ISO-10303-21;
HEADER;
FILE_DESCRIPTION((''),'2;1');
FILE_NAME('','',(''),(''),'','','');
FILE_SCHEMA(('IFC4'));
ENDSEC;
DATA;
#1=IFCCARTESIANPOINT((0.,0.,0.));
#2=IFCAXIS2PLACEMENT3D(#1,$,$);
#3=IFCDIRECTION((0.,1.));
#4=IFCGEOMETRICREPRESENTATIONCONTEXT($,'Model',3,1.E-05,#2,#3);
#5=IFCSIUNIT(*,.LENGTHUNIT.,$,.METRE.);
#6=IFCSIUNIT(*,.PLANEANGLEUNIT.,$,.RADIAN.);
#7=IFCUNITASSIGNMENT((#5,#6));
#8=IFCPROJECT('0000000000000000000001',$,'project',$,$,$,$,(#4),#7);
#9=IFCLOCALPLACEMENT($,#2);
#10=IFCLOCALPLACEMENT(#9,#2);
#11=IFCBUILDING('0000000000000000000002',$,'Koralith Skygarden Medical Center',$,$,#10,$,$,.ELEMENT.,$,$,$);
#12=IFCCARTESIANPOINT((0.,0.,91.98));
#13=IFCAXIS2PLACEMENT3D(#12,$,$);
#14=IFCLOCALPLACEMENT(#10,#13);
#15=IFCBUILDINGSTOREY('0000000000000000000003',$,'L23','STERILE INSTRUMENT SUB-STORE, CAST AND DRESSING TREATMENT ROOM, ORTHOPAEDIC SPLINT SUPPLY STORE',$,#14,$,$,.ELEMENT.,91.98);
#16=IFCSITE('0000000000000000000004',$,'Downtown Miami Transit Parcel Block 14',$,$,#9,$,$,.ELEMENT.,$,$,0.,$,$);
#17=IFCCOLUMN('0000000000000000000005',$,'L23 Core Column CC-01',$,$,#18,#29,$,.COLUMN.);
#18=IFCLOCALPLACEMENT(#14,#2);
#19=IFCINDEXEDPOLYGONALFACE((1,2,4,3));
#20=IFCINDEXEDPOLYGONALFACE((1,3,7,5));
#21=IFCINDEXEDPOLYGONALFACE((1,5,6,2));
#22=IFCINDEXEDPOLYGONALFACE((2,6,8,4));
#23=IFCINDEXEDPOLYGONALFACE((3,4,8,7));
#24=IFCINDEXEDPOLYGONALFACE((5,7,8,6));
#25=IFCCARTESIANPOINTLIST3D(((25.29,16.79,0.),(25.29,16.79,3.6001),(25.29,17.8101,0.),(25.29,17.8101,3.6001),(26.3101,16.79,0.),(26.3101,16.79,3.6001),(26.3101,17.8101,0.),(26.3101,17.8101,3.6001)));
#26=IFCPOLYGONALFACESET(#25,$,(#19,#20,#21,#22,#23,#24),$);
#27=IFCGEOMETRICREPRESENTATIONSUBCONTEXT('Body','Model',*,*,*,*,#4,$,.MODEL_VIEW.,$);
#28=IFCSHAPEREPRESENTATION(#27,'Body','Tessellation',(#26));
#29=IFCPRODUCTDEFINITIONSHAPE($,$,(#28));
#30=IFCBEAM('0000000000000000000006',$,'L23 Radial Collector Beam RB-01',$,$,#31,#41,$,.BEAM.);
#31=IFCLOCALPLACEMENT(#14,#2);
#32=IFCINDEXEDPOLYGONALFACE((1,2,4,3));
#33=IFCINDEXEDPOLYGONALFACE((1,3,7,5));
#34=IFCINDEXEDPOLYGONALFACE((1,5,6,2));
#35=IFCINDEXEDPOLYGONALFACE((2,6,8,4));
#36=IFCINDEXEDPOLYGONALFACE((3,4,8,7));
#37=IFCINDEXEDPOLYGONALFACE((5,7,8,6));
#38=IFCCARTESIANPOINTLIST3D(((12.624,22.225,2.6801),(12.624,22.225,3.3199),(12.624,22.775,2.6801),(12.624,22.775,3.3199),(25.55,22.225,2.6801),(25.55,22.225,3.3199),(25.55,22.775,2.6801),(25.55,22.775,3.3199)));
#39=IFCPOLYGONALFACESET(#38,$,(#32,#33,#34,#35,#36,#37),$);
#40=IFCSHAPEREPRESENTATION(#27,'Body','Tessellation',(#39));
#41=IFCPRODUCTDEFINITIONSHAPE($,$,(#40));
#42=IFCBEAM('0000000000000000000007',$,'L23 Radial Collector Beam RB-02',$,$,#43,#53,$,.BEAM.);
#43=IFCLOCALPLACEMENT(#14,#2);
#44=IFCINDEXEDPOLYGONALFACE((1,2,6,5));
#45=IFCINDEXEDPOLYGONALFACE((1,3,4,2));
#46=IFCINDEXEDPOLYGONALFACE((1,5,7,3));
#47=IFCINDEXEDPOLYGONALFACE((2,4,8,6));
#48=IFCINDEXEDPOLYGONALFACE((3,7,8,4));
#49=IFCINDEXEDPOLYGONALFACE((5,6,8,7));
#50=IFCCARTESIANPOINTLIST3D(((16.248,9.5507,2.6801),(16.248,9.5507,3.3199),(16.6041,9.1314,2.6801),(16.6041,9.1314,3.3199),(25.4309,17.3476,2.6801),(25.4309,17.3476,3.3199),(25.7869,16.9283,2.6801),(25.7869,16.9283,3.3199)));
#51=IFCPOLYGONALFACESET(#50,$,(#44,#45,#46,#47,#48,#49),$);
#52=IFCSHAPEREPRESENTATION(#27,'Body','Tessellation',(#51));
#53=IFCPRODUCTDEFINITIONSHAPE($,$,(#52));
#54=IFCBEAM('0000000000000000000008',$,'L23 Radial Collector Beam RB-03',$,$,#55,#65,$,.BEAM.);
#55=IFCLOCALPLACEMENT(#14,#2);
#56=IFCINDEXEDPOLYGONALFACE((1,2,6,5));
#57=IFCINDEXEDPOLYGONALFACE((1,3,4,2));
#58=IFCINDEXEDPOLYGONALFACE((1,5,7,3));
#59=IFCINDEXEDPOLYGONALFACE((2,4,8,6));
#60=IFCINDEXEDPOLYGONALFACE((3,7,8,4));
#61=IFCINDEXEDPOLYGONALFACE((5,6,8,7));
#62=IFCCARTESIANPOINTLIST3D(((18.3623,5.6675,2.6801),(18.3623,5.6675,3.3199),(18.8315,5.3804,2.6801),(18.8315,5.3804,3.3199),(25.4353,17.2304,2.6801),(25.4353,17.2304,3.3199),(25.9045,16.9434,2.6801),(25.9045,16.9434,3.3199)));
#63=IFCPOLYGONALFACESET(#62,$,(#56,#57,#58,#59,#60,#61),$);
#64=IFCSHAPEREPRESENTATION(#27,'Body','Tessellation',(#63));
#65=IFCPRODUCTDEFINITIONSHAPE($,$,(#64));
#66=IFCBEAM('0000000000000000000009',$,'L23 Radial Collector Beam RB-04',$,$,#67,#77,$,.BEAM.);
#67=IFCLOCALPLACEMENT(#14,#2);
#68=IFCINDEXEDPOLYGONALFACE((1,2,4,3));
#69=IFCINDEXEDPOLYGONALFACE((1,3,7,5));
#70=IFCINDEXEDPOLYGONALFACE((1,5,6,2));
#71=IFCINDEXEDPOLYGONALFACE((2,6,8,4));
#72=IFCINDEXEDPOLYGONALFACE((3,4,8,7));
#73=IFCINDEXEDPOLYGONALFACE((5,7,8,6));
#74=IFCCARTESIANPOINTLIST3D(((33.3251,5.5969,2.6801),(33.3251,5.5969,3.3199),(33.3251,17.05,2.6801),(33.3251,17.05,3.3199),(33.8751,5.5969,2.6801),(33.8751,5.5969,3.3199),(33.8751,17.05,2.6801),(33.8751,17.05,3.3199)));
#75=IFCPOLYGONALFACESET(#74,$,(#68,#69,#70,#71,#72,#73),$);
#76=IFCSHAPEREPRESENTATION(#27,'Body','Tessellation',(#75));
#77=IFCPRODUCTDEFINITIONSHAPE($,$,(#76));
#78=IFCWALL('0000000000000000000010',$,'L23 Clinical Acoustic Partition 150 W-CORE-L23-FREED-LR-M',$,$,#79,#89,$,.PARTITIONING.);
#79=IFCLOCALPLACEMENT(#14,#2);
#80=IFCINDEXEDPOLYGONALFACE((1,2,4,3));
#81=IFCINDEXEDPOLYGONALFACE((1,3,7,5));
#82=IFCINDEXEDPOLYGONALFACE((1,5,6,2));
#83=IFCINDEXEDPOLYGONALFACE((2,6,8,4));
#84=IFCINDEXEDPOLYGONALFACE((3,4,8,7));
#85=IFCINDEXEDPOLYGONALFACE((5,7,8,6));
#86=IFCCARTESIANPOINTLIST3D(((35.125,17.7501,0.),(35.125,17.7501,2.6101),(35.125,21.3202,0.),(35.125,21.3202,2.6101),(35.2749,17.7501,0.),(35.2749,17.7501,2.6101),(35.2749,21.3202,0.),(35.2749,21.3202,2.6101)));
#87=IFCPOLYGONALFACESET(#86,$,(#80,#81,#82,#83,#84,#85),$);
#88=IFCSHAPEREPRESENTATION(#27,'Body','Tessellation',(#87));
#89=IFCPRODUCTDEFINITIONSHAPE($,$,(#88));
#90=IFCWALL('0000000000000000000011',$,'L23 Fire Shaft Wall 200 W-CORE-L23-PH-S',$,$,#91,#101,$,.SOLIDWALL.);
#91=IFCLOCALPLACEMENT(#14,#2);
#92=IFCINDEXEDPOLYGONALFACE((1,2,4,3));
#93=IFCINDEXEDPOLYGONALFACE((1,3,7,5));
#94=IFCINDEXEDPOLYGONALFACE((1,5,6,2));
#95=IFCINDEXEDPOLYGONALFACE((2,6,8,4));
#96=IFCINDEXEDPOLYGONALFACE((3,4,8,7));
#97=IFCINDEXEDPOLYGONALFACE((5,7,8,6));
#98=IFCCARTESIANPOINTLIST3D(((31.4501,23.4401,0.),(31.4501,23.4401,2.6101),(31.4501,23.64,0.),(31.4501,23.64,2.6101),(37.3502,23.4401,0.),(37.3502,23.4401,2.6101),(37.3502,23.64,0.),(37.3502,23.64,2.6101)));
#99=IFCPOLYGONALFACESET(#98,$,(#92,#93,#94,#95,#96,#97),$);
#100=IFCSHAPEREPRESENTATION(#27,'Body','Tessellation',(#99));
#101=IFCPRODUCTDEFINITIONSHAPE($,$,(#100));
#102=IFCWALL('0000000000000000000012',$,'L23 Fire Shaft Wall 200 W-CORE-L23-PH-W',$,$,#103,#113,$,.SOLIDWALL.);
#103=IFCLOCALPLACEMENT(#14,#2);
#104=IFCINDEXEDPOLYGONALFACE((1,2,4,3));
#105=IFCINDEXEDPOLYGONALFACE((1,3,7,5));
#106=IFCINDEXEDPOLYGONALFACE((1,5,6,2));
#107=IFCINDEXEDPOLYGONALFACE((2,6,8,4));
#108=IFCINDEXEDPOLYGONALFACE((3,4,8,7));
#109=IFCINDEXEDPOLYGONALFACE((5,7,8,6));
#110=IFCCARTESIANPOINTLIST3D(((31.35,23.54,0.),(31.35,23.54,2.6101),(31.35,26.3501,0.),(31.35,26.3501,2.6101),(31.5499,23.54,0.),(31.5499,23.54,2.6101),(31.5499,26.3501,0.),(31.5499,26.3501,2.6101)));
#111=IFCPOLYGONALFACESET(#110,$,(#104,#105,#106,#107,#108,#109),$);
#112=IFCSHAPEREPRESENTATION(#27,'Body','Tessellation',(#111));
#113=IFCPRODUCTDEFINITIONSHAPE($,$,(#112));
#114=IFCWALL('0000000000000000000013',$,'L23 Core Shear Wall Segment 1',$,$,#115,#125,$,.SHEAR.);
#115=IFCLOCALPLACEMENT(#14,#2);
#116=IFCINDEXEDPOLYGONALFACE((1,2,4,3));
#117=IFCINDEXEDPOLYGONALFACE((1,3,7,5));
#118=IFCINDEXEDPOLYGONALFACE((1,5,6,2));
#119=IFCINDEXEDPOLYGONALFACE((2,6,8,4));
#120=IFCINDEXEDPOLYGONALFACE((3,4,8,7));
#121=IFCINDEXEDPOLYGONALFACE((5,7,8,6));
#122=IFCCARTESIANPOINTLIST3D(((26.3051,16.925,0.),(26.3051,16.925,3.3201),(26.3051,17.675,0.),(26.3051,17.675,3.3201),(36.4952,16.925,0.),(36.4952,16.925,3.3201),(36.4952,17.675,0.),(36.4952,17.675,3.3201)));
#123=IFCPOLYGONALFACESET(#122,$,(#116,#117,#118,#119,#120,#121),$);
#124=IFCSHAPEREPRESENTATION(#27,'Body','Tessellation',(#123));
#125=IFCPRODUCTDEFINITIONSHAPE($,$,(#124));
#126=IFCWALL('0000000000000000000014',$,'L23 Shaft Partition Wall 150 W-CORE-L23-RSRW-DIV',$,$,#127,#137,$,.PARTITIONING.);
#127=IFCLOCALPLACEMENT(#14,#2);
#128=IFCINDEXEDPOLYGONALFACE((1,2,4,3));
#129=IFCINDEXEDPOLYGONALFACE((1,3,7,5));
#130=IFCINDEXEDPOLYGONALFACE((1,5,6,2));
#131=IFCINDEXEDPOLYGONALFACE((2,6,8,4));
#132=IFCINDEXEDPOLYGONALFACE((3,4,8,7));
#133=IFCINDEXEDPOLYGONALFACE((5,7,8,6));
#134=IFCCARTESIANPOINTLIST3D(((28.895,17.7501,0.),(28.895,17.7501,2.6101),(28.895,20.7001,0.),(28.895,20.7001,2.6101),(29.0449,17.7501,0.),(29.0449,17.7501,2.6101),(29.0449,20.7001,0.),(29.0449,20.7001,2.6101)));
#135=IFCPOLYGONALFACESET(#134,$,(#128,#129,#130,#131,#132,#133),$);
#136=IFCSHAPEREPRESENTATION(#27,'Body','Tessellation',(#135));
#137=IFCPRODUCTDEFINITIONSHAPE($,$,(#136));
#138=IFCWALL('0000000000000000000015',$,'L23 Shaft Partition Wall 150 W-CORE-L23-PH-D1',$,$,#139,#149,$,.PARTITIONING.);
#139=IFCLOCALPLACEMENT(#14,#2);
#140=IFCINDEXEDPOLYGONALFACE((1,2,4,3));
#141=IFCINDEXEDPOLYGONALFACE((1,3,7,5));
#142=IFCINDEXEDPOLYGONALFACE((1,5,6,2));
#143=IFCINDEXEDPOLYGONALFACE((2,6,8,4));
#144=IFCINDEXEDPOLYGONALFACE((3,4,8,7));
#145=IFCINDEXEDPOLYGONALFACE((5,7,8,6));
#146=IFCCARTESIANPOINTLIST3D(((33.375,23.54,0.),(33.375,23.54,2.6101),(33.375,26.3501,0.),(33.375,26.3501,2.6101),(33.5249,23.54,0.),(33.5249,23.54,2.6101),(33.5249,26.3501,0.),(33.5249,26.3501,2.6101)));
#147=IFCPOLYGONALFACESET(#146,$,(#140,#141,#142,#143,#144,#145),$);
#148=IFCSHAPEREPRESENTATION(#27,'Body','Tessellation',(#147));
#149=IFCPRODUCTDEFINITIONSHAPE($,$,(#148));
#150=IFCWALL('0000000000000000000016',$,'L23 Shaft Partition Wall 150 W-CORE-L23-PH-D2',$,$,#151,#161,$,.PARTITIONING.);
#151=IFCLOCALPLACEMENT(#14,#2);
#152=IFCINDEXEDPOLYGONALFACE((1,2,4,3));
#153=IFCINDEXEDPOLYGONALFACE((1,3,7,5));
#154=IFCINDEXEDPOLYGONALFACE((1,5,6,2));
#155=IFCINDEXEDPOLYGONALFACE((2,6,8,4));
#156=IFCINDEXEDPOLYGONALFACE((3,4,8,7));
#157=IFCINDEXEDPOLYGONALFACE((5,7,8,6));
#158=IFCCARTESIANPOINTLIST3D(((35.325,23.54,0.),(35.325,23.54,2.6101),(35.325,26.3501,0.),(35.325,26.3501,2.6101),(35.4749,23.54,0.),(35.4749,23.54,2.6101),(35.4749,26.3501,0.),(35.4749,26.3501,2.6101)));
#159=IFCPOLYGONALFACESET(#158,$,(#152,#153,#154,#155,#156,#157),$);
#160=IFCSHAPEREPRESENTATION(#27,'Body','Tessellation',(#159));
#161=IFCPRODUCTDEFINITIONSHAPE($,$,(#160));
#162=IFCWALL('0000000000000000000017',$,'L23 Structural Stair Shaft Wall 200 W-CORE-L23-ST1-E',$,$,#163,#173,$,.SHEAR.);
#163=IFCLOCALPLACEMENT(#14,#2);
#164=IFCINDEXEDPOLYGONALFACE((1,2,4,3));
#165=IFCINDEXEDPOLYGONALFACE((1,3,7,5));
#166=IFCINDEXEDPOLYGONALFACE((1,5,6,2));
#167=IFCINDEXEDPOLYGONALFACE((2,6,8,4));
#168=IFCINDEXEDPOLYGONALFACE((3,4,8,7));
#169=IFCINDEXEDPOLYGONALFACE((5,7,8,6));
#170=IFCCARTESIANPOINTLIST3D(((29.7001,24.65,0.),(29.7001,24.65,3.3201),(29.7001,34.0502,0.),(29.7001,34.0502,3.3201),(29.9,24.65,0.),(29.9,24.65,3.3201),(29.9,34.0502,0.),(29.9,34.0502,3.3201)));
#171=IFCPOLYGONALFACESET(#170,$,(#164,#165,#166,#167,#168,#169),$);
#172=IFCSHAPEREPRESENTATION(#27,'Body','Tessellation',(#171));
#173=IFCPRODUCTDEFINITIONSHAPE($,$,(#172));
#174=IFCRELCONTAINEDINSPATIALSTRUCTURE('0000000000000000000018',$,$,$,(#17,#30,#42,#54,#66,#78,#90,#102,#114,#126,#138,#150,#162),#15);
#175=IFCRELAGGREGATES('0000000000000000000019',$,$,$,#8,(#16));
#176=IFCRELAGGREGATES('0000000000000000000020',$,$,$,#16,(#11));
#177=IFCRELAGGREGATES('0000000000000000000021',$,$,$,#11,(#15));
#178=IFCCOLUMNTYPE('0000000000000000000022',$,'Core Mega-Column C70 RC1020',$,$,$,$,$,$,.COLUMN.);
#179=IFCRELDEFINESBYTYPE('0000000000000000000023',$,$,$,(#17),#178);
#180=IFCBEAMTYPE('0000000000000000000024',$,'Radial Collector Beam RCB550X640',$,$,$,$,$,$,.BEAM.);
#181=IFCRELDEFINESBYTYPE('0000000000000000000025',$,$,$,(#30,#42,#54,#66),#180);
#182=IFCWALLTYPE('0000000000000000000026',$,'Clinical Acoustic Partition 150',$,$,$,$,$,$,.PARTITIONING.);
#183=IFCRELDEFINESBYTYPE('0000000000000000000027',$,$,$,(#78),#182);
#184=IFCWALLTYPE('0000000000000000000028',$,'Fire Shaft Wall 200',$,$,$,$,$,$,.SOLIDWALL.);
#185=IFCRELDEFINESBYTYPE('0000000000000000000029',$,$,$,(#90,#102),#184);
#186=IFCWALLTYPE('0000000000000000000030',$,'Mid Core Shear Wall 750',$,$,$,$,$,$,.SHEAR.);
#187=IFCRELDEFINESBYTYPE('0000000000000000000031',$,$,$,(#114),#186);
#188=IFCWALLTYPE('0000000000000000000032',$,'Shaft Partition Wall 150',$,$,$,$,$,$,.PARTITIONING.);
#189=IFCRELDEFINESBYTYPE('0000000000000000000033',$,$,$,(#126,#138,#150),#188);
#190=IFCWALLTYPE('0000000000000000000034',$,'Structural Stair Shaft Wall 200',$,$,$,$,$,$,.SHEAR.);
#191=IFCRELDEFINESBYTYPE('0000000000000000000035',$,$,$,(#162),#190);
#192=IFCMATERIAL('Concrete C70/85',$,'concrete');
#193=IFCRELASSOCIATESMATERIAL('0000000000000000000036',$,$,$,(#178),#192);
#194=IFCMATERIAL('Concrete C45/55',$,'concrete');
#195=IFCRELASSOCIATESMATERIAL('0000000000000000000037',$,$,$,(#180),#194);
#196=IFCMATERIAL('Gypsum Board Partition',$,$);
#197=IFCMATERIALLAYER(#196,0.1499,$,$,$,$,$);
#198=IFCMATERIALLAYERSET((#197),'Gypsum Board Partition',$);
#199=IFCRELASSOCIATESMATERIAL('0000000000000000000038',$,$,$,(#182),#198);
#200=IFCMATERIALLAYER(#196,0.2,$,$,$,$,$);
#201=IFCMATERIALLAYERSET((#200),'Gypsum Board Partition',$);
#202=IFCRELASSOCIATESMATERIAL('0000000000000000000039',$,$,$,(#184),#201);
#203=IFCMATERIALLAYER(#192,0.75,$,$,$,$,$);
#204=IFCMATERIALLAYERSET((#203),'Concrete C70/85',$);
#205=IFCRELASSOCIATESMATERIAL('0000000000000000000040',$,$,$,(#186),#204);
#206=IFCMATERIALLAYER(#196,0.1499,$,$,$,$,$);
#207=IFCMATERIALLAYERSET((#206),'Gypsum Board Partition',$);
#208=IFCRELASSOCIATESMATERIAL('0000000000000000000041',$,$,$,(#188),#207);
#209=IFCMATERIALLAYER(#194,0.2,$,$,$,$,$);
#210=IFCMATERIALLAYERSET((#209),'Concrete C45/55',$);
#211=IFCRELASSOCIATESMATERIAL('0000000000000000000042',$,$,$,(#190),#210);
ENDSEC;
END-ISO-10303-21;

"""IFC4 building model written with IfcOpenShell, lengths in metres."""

from ifc_helpers import new_model, si_unit, direction, frame, frame_2d, origin, origin_2d, place, context, subcontext, project, spatial, rectangle, extrude, material, layer, layer_set, material_profile, profile_set, type_object, element, save


model = new_model("IFC4")

# Units and contexts
model_context = context("Model", 3, precision=1e-05, world=origin(), true_north=direction((0.0, 1.0)))
body_context = subcontext(model_context, "Body", "Model", "MODEL_VIEW")
ifc_project = project(units=[si_unit("LENGTHUNIT", "METRE"), si_unit("PLANEANGLEUNIT", "RADIAN")], contexts=[model_context])

# Site, building, storey
site_placement = place(None, origin())
site = spatial("IfcSite", under=ifc_project, at=site_placement, Name="Downtown Miami Transit Parcel Block 14", CompositionType="ELEMENT", RefElevation=0.0)
building_placement = place(site_placement, origin())
building = spatial("IfcBuilding", under=site, at=building_placement, Name="Koralith Skygarden Medical Center", CompositionType="ELEMENT")
storey_placement = place(building_placement, frame((0.0, 0.0, 91.98)))
storey = spatial("IfcBuildingStorey", under=building, at=storey_placement, Name="L23", Description="STERILE INSTRUMENT SUB-STORE, CAST AND DRESSING TREATMENT ROOM, ORTHOPAEDIC SPLINT SUPPLY STORE", CompositionType="ELEMENT", Elevation=91.98)

# Column
ifc_material_1 = material(Name="Concrete C70/85", Category="concrete")
ifc_material_profile_1 = material_profile(ifc_material_1, rectangle(XDim=1.02, YDim=1.02, at=origin_2d()), Name="RC1020X1020")
ifc_profile_set_1 = profile_set([ifc_material_profile_1], Name="Concrete C70/85")
column_type = type_object("IfcColumnType", Name="Core Mega-Column C70 RC1020", PredefinedType="COLUMN", material=ifc_profile_set_1)
column_placement = place(storey_placement, frame((25.8, 17.3, 0.0), z_axis=(0.0, 0.0, 1.0), x_axis=(1.0, 0.0, 0.0)))
element("IfcColumn", 1, at=column_placement, inside=storey, type_object=column_type, Name="L23 Core Column CC-01", PredefinedType="COLUMN", context=body_context, shape_type="SweptSolid", body=[
    extrude(rectangle(XDim=1.02, YDim=1.02, at=origin_2d()), origin(), (0.0, 0.0, 1.0), 3.6001),
])

# Beams
ifc_material_2 = material(Name="Concrete C45/55", Category="concrete")
ifc_material_profile_2 = material_profile(ifc_material_2, rectangle(XDim=0.55, YDim=0.6399, at=origin_2d()), Name="RCB550X640")
ifc_profile_set_2 = profile_set([ifc_material_profile_2], Name="Concrete C45/55")
beam_type = type_object("IfcBeamType", Name="Radial Collector Beam RCB550X640", PredefinedType="BEAM", material=ifc_profile_set_2)
beam_1_placement = place(storey_placement, frame((25.55, 22.5, 3.0), z_axis=(-1.0, 0.0, 0.0), x_axis=(0.0, -1.0, 0.0)))
element("IfcBeam", 2, at=beam_1_placement, inside=storey, type_object=beam_type, Name="L23 Radial Collector Beam RB-01", PredefinedType="BEAM", context=body_context, shape_type="SweptSolid", body=[
    extrude(rectangle(XDim=0.55, YDim=0.6399, at=origin_2d()), origin(), (0.0, 0.0, 1.0), 12.926),
])
beam_2_placement = place(storey_placement, frame((25.6089, 17.1379, 3.0), z_axis=(-0.76229, -0.647236, 0.0), x_axis=(0.647236, -0.76229, 0.0)))
element("IfcBeam", 3, at=beam_2_placement, inside=storey, type_object=beam_type, Name="L23 Radial Collector Beam RB-02", PredefinedType="BEAM", context=body_context, shape_type="SweptSolid", body=[
    extrude(rectangle(XDim=0.55, YDim=0.6399, at=origin_2d()), origin(), (0.0, 0.0, 1.0), 12.0464),
])
beam_3_placement = place(storey_placement, frame((25.6699, 17.0869, 3.0), z_axis=(-0.521811, -0.853061, 0.0), x_axis=(0.853061, -0.521811, 0.0)))
element("IfcBeam", 4, at=beam_3_placement, inside=storey, type_object=beam_type, Name="L23 Radial Collector Beam RB-03", PredefinedType="BEAM", context=body_context, shape_type="SweptSolid", body=[
    extrude(rectangle(XDim=0.55, YDim=0.6399, at=origin_2d()), origin(), (0.0, 0.0, 1.0), 13.5547),
])
beam_4_placement = place(storey_placement, frame((33.6001, 17.05, 3.0), z_axis=(0.0, -1.0, 0.0), x_axis=(1.0, 0.0, 0.0)))
element("IfcBeam", 5, at=beam_4_placement, inside=storey, type_object=beam_type, Name="L23 Radial Collector Beam RB-04", PredefinedType="BEAM", context=body_context, shape_type="SweptSolid", body=[
    extrude(rectangle(XDim=0.55, YDim=0.6399, at=origin_2d()), origin(), (0.0, 0.0, 1.0), 11.4531),
])

# Shared definitions
ifc_material_3 = material(Name="Gypsum Board Partition")
ifc_layer_1 = layer(ifc_material_3, 0.1499)
ifc_layer_set_1 = layer_set([ifc_layer_1], Name="Gypsum Board Partition")
wall_type_1 = type_object("IfcWallType", Name="Clinical Acoustic Partition 150", PredefinedType="PARTITIONING", material=ifc_layer_set_1)

# Wall
wall_1_placement = place(storey_placement, frame((35.2, 17.75, 0.0), z_axis=(0.0, 0.0, 1.0), x_axis=(0.0, 1.0, 0.0)))
element("IfcWall", 6, at=wall_1_placement, inside=storey, type_object=wall_type_1, Name="L23 Clinical Acoustic Partition 150 W-CORE-L23-FREED-LR-M", PredefinedType="PARTITIONING", context=body_context, shape_type="SweptSolid", body=[
    extrude(rectangle(XDim=3.5701, YDim=0.1499, at=frame_2d((1.7852, 0.0))), origin(), (0.0, 0.0, 1.0), 2.6101),
])

# Shared definitions
ifc_layer_2 = layer(ifc_material_3, 0.2)
ifc_layer_set_2 = layer_set([ifc_layer_2], Name="Gypsum Board Partition")
wall_type_2 = type_object("IfcWallType", Name="Fire Shaft Wall 200", PredefinedType="SOLIDWALL", material=ifc_layer_set_2)

# Walls
wall_2_placement = place(storey_placement, frame((31.45, 23.54, 0.0), z_axis=(0.0, 0.0, 1.0), x_axis=(1.0, 0.0, 0.0)))
element("IfcWall", 7, at=wall_2_placement, inside=storey, type_object=wall_type_2, Name="L23 Fire Shaft Wall 200 W-CORE-L23-PH-S", PredefinedType="SOLIDWALL", context=body_context, shape_type="SweptSolid", body=[
    extrude(rectangle(XDim=5.9001, YDim=0.2, at=frame_2d((2.9502, 0.0))), origin(), (0.0, 0.0, 1.0), 2.6101),
])
wall_3_placement = place(storey_placement, frame((31.45, 23.54, 0.0), z_axis=(0.0, 0.0, 1.0), x_axis=(0.0, 1.0, 0.0)))
element("IfcWall", 8, at=wall_3_placement, inside=storey, type_object=wall_type_2, Name="L23 Fire Shaft Wall 200 W-CORE-L23-PH-W", PredefinedType="SOLIDWALL", context=body_context, shape_type="SweptSolid", body=[
    extrude(rectangle(XDim=2.8101, YDim=0.2, at=frame_2d((1.405, 0.0))), origin(), (0.0, 0.0, 1.0), 2.6101),
])
ifc_layer_3 = layer(ifc_material_1, 0.75)
ifc_layer_set_3 = layer_set([ifc_layer_3], Name="Concrete C70/85")
wall_type_3 = type_object("IfcWallType", Name="Mid Core Shear Wall 750", PredefinedType="SHEAR", material=ifc_layer_set_3)
wall_4_placement = place(storey_placement, frame((26.3049, 17.3, 0.0), z_axis=(0.0, 0.0, 1.0), x_axis=(1.0, 0.0, 0.0)))
element("IfcWall", 9, at=wall_4_placement, inside=storey, type_object=wall_type_3, Name="L23 Core Shear Wall Segment 1", PredefinedType="SHEAR", context=body_context, shape_type="SweptSolid", body=[
    extrude(rectangle(XDim=10.1902, YDim=0.75, at=frame_2d((5.0952, 0.0))), origin(), (0.0, 0.0, 1.0), 3.3201),
])

# Walls
ifc_layer_4 = layer(ifc_material_3, 0.1499)
ifc_layer_set_4 = layer_set([ifc_layer_4], Name="Gypsum Board Partition")
wall_type_4 = type_object("IfcWallType", Name="Shaft Partition Wall 150", PredefinedType="PARTITIONING", material=ifc_layer_set_4)
wall_5_placement = place(storey_placement, frame((28.97, 17.75, 0.0), z_axis=(0.0, 0.0, 1.0), x_axis=(0.0, 1.0, 0.0)))
element("IfcWall", 10, at=wall_5_placement, inside=storey, type_object=wall_type_4, Name="L23 Shaft Partition Wall 150 W-CORE-L23-RSRW-DIV", PredefinedType="PARTITIONING", context=body_context, shape_type="SweptSolid", body=[
    extrude(rectangle(XDim=2.95, YDim=0.1499, at=frame_2d((1.4751, 0.0))), origin(), (0.0, 0.0, 1.0), 2.6101),
])
for number, where, z_axis, x_axis, name in (
    (11, (33.45, 23.54, 0.0), (0.0, 0.0, 1.0), (0.0, 1.0, 0.0), "L23 Shaft Partition Wall 150 W-CORE-L23-PH-D1"),
    (12, (35.3999, 23.54, 0.0), (0.0, 0.0, 1.0), (0.0, 1.0, 0.0), "L23 Shaft Partition Wall 150 W-CORE-L23-PH-D2"),
):
    element("IfcWall", number, at=place(storey_placement, frame(where, z_axis=z_axis, x_axis=x_axis)), inside=storey, type_object=wall_type_4, Name=name, PredefinedType="PARTITIONING", context=body_context, shape_type="SweptSolid", body=[
        extrude(rectangle(XDim=2.8101, YDim=0.1499, at=frame_2d((1.405, 0.0))), origin(), (0.0, 0.0, 1.0), 2.6101),
    ])
ifc_layer_5 = layer(ifc_material_2, 0.2)
ifc_layer_set_5 = layer_set([ifc_layer_5], Name="Concrete C45/55")
wall_type_5 = type_object("IfcWallType", Name="Structural Stair Shaft Wall 200", PredefinedType="SHEAR", material=ifc_layer_set_5)
wall_6_placement = place(storey_placement, frame((29.8, 24.6499, 0.0), z_axis=(0.0, 0.0, 1.0), x_axis=(0.0, 1.0, 0.0)))
element("IfcWall", 13, at=wall_6_placement, inside=storey, type_object=wall_type_5, Name="L23 Structural Stair Shaft Wall 200 W-CORE-L23-ST1-E", PredefinedType="SHEAR", context=body_context, shape_type="SweptSolid", body=[
    extrude(rectangle(XDim=9.4001, YDim=0.2, at=frame_2d((4.7002, 0.0))), origin(), (0.0, 0.0, 1.0), 3.3201),
])

save(model, "model.ifc")
